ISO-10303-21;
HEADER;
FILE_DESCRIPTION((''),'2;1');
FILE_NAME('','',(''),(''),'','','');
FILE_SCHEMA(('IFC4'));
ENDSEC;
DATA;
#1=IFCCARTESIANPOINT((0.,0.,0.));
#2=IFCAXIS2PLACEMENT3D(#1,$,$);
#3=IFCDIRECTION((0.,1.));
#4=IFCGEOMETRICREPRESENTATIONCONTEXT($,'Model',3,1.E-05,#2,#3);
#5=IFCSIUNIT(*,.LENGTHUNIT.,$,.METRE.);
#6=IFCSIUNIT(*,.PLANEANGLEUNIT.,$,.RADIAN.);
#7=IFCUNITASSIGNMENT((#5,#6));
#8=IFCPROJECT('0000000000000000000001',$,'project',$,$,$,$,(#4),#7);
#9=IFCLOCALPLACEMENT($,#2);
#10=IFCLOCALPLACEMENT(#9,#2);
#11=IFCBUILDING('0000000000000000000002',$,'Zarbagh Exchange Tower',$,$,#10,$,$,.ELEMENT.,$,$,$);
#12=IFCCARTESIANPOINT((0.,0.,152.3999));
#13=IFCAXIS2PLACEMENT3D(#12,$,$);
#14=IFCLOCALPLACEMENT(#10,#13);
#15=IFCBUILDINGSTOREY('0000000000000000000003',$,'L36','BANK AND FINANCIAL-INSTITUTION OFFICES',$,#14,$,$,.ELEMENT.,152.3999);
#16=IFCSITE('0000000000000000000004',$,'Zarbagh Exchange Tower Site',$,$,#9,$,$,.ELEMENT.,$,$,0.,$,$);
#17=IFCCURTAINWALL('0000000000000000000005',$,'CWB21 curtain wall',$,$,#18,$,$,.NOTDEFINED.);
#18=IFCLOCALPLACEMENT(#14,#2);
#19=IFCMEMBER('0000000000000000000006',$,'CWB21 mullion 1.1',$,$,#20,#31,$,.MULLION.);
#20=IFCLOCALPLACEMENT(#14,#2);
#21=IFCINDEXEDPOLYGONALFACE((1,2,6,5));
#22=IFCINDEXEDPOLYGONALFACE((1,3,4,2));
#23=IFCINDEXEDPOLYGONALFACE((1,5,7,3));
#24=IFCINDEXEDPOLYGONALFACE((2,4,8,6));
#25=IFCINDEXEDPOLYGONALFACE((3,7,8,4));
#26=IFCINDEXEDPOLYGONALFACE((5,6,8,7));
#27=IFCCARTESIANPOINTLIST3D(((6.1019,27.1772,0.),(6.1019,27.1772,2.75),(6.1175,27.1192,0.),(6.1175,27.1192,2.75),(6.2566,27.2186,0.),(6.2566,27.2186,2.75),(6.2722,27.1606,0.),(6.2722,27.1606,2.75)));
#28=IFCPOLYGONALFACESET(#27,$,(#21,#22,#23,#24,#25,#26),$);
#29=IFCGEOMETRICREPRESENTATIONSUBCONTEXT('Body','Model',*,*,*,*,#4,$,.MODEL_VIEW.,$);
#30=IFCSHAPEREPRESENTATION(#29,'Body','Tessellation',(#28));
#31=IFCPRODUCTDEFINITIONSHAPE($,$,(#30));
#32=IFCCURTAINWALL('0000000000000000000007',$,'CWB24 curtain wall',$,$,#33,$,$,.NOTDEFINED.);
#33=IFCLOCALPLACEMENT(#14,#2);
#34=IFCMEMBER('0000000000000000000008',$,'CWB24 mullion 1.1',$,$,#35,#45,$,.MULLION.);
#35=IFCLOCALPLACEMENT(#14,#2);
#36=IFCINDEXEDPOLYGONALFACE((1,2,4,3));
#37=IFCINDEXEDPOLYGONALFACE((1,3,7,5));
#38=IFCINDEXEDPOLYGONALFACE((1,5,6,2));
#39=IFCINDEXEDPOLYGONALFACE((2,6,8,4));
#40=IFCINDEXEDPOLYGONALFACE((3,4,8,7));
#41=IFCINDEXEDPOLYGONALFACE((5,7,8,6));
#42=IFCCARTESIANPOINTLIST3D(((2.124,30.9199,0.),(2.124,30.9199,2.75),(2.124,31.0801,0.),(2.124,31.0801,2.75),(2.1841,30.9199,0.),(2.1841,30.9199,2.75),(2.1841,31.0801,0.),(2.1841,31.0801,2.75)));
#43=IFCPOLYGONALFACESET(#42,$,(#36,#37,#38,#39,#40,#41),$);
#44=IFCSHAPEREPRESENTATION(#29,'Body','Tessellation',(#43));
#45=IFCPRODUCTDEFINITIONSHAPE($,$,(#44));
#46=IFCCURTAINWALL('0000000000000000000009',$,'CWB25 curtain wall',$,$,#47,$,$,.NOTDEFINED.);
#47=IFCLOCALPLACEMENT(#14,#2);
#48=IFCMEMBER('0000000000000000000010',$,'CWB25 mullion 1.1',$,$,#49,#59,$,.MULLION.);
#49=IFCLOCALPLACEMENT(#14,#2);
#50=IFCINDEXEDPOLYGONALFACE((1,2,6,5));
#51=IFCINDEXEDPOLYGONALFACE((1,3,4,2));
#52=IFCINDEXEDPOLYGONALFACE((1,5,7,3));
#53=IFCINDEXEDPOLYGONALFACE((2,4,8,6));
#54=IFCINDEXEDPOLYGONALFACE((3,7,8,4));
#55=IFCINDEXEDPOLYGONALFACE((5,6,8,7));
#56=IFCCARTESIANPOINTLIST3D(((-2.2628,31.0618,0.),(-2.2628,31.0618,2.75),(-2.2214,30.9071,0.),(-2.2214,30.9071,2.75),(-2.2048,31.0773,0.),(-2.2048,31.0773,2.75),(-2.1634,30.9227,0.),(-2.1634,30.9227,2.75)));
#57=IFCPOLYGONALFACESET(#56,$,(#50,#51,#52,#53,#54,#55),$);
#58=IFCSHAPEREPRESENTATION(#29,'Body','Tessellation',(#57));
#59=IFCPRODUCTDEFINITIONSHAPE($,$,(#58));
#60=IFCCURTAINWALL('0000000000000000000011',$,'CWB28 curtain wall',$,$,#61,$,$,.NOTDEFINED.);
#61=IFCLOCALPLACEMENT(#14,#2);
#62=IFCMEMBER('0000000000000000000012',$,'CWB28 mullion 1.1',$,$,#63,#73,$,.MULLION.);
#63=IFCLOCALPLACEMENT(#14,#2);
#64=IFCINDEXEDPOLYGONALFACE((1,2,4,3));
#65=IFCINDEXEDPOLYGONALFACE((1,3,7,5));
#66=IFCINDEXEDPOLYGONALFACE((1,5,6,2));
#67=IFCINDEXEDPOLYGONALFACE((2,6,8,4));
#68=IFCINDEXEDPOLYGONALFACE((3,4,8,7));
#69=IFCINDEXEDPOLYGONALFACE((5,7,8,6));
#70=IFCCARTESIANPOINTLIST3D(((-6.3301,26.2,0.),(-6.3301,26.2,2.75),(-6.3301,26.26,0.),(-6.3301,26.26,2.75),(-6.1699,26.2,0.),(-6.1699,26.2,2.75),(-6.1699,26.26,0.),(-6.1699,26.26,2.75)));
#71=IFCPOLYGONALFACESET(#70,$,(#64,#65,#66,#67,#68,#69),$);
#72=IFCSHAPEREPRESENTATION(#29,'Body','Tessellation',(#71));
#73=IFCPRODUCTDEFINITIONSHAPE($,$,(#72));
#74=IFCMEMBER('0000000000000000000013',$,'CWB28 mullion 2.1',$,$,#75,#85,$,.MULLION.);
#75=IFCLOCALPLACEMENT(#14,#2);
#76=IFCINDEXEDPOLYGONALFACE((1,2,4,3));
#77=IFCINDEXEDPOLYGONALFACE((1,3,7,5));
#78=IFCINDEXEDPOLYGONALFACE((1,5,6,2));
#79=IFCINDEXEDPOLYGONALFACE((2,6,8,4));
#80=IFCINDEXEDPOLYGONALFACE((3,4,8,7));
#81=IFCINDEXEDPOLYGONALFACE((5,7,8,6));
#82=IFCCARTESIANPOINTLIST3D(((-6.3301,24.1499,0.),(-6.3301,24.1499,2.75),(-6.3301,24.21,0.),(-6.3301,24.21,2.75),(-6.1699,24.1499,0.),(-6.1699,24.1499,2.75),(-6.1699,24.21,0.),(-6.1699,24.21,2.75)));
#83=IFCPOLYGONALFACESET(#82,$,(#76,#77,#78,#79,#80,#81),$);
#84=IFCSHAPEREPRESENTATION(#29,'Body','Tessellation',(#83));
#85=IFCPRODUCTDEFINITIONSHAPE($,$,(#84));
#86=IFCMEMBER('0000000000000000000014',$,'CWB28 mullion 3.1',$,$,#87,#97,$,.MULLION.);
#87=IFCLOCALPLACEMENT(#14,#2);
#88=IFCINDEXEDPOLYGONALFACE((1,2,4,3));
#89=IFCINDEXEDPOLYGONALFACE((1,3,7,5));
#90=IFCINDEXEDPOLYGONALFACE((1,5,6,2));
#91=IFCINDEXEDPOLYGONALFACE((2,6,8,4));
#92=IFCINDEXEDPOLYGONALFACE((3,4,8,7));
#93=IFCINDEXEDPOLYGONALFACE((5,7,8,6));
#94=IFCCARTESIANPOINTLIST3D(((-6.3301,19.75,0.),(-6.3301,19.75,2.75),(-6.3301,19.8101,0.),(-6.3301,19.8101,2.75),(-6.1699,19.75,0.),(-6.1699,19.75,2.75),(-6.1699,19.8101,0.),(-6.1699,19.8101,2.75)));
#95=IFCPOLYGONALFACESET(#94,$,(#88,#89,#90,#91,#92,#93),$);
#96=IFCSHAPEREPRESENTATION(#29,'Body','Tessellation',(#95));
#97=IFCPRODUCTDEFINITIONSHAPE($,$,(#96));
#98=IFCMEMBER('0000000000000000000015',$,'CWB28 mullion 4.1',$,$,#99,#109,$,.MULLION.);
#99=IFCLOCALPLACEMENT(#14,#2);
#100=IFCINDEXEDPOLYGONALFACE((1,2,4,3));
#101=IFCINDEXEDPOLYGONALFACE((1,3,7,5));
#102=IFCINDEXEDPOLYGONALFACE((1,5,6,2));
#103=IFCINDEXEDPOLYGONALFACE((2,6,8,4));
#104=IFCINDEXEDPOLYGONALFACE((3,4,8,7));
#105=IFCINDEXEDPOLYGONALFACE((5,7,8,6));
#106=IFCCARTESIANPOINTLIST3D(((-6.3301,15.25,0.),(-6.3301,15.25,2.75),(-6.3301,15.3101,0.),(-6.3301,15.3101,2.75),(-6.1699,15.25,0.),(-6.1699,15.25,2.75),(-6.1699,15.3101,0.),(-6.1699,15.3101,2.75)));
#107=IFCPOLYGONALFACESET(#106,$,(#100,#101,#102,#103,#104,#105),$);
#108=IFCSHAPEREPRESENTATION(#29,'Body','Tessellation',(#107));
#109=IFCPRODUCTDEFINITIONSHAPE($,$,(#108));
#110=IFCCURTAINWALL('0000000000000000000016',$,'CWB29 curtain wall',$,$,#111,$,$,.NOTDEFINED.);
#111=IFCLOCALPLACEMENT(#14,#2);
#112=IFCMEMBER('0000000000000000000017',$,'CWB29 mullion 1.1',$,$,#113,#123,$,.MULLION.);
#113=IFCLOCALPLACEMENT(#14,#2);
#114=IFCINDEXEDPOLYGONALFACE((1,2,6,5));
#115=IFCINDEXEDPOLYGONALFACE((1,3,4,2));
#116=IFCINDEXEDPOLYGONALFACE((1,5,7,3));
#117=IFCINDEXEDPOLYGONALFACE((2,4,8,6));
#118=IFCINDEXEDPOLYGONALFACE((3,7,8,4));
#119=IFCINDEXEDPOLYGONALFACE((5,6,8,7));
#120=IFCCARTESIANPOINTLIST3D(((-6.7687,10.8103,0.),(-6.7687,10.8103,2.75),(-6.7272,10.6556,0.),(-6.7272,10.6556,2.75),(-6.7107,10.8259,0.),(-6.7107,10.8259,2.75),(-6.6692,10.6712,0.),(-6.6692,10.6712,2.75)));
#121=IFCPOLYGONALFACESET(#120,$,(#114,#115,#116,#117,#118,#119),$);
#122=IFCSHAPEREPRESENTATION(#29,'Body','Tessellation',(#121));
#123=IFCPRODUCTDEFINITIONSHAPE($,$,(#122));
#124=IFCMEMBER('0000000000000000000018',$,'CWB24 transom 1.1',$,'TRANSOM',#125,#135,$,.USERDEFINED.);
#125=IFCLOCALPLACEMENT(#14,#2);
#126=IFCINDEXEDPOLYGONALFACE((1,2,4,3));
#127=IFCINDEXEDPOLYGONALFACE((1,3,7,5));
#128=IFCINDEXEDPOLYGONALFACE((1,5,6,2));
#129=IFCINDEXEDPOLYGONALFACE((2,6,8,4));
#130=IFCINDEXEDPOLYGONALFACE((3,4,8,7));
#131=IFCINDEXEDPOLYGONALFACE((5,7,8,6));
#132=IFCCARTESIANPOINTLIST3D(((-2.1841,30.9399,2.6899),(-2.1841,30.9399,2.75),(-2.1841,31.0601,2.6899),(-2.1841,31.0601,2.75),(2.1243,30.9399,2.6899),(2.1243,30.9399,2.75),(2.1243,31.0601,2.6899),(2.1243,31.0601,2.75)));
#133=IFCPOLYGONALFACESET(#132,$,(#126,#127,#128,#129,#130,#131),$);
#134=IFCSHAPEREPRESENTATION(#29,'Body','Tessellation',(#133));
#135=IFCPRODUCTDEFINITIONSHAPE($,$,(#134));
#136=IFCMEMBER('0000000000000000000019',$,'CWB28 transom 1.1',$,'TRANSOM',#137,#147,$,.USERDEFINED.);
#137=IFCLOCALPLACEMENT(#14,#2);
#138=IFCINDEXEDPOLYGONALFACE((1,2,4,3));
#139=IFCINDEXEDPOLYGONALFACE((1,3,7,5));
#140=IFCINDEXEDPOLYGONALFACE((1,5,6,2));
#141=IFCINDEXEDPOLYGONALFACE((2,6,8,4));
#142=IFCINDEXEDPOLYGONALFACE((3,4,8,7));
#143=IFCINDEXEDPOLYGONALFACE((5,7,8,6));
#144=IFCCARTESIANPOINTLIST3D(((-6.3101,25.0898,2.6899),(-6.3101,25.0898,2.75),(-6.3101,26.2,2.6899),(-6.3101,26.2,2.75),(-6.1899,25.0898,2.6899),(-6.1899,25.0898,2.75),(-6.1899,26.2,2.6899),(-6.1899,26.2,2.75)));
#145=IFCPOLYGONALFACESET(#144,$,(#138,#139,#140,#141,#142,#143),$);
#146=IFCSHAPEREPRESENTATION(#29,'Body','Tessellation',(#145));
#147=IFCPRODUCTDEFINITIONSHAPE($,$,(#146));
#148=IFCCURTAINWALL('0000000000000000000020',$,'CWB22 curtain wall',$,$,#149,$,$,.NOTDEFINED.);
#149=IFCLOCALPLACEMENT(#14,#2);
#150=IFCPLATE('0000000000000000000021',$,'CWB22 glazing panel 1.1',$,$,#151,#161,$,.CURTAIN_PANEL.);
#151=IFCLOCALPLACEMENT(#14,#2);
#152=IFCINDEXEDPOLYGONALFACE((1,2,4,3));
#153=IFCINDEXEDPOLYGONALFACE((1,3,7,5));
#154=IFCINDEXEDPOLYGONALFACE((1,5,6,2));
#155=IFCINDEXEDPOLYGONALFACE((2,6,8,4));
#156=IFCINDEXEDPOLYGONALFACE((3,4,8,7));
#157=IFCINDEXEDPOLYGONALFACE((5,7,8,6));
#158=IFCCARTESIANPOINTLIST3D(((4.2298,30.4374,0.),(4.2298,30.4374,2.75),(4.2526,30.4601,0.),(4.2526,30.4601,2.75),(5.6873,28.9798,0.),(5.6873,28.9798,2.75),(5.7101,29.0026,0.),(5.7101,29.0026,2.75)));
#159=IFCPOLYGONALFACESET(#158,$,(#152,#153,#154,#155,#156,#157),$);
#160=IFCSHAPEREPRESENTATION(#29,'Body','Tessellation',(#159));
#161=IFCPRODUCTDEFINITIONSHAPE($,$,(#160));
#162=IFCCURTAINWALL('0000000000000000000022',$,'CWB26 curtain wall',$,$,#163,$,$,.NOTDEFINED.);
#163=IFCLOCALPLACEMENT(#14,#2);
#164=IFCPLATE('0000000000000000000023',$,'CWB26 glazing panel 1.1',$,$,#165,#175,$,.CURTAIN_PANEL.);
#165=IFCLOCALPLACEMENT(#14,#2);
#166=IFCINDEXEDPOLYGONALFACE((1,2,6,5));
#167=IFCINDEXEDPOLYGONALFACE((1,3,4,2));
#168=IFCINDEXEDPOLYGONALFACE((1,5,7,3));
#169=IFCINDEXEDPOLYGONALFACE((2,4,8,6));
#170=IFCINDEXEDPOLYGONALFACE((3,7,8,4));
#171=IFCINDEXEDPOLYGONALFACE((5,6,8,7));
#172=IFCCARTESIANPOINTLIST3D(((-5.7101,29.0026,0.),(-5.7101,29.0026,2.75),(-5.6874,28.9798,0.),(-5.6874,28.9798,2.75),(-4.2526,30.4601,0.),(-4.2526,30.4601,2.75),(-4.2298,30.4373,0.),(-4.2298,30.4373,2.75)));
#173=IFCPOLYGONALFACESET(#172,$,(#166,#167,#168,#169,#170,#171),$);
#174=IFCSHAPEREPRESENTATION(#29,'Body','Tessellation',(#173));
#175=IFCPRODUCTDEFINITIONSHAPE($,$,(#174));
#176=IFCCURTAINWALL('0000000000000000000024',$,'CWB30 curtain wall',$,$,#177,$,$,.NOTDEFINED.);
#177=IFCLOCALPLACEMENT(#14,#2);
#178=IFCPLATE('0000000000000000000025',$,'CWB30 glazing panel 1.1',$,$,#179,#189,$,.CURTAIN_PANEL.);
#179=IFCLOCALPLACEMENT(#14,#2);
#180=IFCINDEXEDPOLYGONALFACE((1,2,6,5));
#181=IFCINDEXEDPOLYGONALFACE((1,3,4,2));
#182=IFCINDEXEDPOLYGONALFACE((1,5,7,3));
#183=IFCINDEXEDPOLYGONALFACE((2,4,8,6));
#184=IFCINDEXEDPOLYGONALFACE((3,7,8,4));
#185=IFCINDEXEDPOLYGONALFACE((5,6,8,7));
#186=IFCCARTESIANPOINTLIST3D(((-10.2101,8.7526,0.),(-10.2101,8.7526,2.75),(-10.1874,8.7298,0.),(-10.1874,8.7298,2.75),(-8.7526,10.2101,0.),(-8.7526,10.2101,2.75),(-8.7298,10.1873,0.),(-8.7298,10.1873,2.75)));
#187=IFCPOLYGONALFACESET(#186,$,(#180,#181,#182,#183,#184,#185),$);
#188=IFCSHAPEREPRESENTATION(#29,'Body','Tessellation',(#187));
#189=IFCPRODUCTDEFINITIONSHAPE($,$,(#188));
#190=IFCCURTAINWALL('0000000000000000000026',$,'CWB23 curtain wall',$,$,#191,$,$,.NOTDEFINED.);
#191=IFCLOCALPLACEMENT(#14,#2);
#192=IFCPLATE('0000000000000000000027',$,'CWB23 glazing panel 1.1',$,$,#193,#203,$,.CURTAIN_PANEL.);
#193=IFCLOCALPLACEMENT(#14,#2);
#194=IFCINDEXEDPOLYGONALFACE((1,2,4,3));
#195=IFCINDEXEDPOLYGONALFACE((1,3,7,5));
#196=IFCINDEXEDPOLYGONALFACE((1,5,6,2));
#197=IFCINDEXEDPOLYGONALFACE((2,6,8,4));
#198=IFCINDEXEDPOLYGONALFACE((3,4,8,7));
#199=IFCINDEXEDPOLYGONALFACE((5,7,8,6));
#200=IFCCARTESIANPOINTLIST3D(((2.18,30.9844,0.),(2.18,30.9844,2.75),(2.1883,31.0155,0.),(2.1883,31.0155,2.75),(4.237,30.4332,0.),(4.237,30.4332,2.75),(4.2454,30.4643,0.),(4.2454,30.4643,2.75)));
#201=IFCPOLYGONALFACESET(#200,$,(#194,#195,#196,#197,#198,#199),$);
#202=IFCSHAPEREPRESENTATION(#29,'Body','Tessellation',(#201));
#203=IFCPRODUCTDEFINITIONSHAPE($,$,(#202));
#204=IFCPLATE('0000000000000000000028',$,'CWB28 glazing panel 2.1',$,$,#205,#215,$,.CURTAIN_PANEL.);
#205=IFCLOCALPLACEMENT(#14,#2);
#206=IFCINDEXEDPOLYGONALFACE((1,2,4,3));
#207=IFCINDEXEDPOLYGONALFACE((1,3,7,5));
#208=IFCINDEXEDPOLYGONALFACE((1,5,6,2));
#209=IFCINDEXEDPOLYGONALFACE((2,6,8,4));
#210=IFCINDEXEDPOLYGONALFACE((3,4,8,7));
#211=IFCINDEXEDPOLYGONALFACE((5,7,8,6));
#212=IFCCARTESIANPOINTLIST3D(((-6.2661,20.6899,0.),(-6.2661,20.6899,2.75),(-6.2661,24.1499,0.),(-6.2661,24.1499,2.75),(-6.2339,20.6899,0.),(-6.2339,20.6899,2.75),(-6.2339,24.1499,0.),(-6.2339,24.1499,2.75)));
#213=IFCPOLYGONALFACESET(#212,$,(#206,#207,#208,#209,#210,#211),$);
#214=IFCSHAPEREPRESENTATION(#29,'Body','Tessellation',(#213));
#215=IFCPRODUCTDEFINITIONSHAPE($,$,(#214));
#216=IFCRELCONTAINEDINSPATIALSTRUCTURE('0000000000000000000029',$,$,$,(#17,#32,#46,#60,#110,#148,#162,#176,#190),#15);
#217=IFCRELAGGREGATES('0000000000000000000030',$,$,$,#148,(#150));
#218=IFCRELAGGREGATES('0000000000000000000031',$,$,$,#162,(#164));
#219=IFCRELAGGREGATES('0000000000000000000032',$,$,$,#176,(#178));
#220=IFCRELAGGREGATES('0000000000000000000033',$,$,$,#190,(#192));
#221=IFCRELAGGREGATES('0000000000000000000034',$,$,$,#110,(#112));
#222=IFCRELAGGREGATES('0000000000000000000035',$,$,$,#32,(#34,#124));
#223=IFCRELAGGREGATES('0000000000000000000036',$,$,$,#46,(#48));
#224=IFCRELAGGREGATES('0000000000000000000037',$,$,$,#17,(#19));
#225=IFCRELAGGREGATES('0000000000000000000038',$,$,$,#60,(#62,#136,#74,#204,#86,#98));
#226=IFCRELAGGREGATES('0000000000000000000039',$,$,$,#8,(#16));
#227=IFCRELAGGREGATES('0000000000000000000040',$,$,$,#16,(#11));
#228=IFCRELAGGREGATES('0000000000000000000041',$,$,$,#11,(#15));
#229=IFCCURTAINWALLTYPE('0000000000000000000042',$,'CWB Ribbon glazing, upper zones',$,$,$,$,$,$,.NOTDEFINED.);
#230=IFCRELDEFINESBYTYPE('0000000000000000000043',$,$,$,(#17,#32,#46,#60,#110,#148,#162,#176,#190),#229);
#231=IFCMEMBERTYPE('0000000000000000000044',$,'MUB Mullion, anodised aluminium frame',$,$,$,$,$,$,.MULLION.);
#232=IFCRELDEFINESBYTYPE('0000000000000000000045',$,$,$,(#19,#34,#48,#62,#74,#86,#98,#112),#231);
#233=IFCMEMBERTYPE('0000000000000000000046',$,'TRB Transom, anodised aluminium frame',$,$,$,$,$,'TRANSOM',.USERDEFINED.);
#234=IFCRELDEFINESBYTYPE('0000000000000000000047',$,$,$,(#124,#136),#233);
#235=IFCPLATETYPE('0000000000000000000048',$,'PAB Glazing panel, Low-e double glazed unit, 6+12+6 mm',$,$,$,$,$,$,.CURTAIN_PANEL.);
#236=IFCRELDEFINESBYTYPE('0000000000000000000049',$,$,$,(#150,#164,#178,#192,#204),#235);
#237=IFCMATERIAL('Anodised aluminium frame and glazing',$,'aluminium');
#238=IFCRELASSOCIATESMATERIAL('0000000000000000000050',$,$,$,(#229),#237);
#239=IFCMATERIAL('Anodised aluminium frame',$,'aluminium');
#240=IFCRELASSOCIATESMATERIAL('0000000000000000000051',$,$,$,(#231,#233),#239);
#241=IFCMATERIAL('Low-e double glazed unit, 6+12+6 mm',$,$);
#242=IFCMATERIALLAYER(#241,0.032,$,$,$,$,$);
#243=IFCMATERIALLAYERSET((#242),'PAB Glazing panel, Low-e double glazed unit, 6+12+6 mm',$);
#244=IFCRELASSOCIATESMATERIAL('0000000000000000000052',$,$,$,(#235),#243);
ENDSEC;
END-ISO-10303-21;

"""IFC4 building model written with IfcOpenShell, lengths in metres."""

from ifc_helpers import new_model, si_unit, direction, frame, origin, place, context, subcontext, project, spatial, polyline, outline, extrude, source, transform, mapped, material, layer, layer_set, type_object, element, aggregate, save


model = new_model("IFC4")

# Units and contexts
model_context = context("Model", 3, precision=1e-05, world=origin(), true_north=direction((0.0, 1.0)))
body_context = subcontext(model_context, "Body", "Model", "MODEL_VIEW")
ifc_project = project(units=[si_unit("LENGTHUNIT", "METRE"), si_unit("PLANEANGLEUNIT", "RADIAN")], contexts=[model_context])

# Site, building, storey
site_placement = place(None, origin())
site = spatial("IfcSite", under=ifc_project, at=site_placement, Name="Zarbagh Exchange Tower Site", CompositionType="ELEMENT", RefElevation=0.0)
building_placement = place(site_placement, origin())
building = spatial("IfcBuilding", under=site, at=building_placement, Name="Zarbagh Exchange Tower", CompositionType="ELEMENT")
storey_placement = place(building_placement, frame((0.0, 0.0, 152.3999)))
storey = spatial("IfcBuildingStorey", under=building, at=storey_placement, Name="L36", Description="BANK AND FINANCIAL-INSTITUTION OFFICES", CompositionType="ELEMENT", Elevation=152.3999)

# Curtain walls, members
ifc_material_1 = material(Name="Anodised aluminium frame and glazing", Category="aluminium")
curtain_wall_type = type_object("IfcCurtainWallType", Name="CWB Ribbon glazing, upper zones", PredefinedType="NOTDEFINED", material=ifc_material_1)
curtain_wall_1_placement = place(storey_placement, origin())
curtain_wall_1 = element("IfcCurtainWall", 1, at=curtain_wall_1_placement, inside=storey, type_object=curtain_wall_type, Name="CWB21 curtain wall", PredefinedType="NOTDEFINED")
ifc_material_2 = material(Name="Anodised aluminium frame", Category="aluminium")
member_type_1 = type_object("IfcMemberType", Name="MUB Mullion, anodised aluminium frame", PredefinedType="MULLION", material=ifc_material_2)
shared_shape_1 = source(origin(), body_context, "Body", "SweptSolid", [
    extrude(outline(polyline([(0.0, -0.0801), (0.0601, -0.0801), (0.0601, 0.0801), (0.0, 0.0801), (0.0, -0.0801)])), origin(), (0.0, 0.0, 1.0), 2.75),
])
placement = place(storey_placement, origin())
member_1 = element("IfcMember", 2, at=placement, type_object=member_type_1, Name="CWB21 mullion 1.1", PredefinedType="MULLION", context=body_context, shape_type="MappedRepresentation", body=[
    mapped(shared_shape_1, transform((6.1948, 27.1399, 0.0), x_axis=(-0.258825, 0.965924, 0.0), y_axis=(-0.965924, -0.258825, 0.0), z_axis=(0.0, 0.0, 1.0))),
])
curtain_wall_2_placement = place(storey_placement, origin())
curtain_wall_2 = element("IfcCurtainWall", 3, at=curtain_wall_2_placement, inside=storey, type_object=curtain_wall_type, Name="CWB24 curtain wall", PredefinedType="NOTDEFINED")
member_2 = element("IfcMember", 4, at=placement, type_object=member_type_1, Name="CWB24 mullion 1.1", PredefinedType="MULLION", context=body_context, shape_type="MappedRepresentation", body=[
    mapped(shared_shape_1, transform((2.1841, 31.0, 0.0), x_axis=(-1.0, 0.0, 0.0), y_axis=(0.0, -1.0, 0.0), z_axis=(0.0, 0.0, 1.0))),
])
curtain_wall_3_placement = place(storey_placement, origin())
curtain_wall_3 = element("IfcCurtainWall", 5, at=curtain_wall_3_placement, inside=storey, type_object=curtain_wall_type, Name="CWB25 curtain wall", PredefinedType="NOTDEFINED")
member_3 = element("IfcMember", 6, at=placement, type_object=member_type_1, Name="CWB25 mullion 1.1", PredefinedType="MULLION", context=body_context, shape_type="MappedRepresentation", body=[
    mapped(shared_shape_1, transform((-2.1841, 31.0, 0.0), x_axis=(-0.965924, -0.258825, 0.0), y_axis=(0.258825, -0.965924, 0.0), z_axis=(0.0, 0.0, 1.0))),
])

# Curtain wall, members
curtain_wall_4_placement = place(storey_placement, origin())
curtain_wall_4 = element("IfcCurtainWall", 7, at=curtain_wall_4_placement, inside=storey, type_object=curtain_wall_type, Name="CWB28 curtain wall", PredefinedType="NOTDEFINED")
member_4 = element("IfcMember", 8, at=placement, type_object=member_type_1, Name="CWB28 mullion 1.1", PredefinedType="MULLION", context=body_context, shape_type="MappedRepresentation", body=[
    mapped(shared_shape_1, transform((-6.25, 26.26, 0.0), x_axis=(0.0, -1.0, 0.0), y_axis=(1.0, 0.0, 0.0), z_axis=(0.0, 0.0, 1.0))),
])
member_5 = element("IfcMember", 9, at=placement, type_object=member_type_1, Name="CWB28 mullion 2.1", PredefinedType="MULLION", context=body_context, shape_type="MappedRepresentation", body=[
    mapped(shared_shape_1, transform((-6.25, 24.21, 0.0), x_axis=(0.0, -1.0, 0.0), y_axis=(1.0, 0.0, 0.0), z_axis=(0.0, 0.0, 1.0))),
])
member_6 = element("IfcMember", 10, at=placement, type_object=member_type_1, Name="CWB28 mullion 3.1", PredefinedType="MULLION", context=body_context, shape_type="MappedRepresentation", body=[
    mapped(shared_shape_1, transform((-6.25, 19.8101, 0.0), x_axis=(0.0, -1.0, 0.0), y_axis=(1.0, 0.0, 0.0), z_axis=(0.0, 0.0, 1.0))),
])
member_7 = element("IfcMember", 11, at=placement, type_object=member_type_1, Name="CWB28 mullion 4.1", PredefinedType="MULLION", context=body_context, shape_type="MappedRepresentation", body=[
    mapped(shared_shape_1, transform((-6.25, 15.3101, 0.0), x_axis=(0.0, -1.0, 0.0), y_axis=(1.0, 0.0, 0.0), z_axis=(0.0, 0.0, 1.0))),
])

# Curtain wall, member
curtain_wall_5_placement = place(storey_placement, origin())
curtain_wall_5 = element("IfcCurtainWall", 12, at=curtain_wall_5_placement, inside=storey, type_object=curtain_wall_type, Name="CWB29 curtain wall", PredefinedType="NOTDEFINED")
member_8 = element("IfcMember", 13, at=placement, type_object=member_type_1, Name="CWB29 mullion 1.1", PredefinedType="MULLION", context=body_context, shape_type="MappedRepresentation", body=[
    mapped(shared_shape_1, transform((-6.6899, 10.7485, 0.0), x_axis=(-0.965924, -0.258825, 0.0), y_axis=(0.258825, -0.965924, 0.0), z_axis=(0.0, 0.0, 1.0))),
])

# Members
member_type_2 = type_object("IfcMemberType", Name="TRB Transom, anodised aluminium frame", ElementType="TRANSOM", PredefinedType="USERDEFINED", material=ifc_material_2)
shared_shape_2 = source(origin(), body_context, "Body", "SweptSolid", [
    extrude(outline(polyline([(-0.0601, -0.0601), (0.0, -0.0601), (0.0, 0.0601), (-0.0601, 0.0601), (-0.0601, -0.0601)])), origin(), (0.0, 0.0, 1.0), 4.3083),
])
member_9 = element("IfcMember", 14, at=placement, type_object=member_type_2, Name="CWB24 transom 1.1", ObjectType="TRANSOM", PredefinedType="USERDEFINED", context=body_context, shape_type="MappedRepresentation", body=[
    mapped(shared_shape_2, transform((2.1243, 31.0, 2.75), x_axis=(0.0, 0.0, 1.0), y_axis=(0.0, 1.0, 0.0), z_axis=(-1.0, 0.0, 0.0))),
])
shared_shape_3 = source(origin(), body_context, "Body", "SweptSolid", [
    extrude(outline(polyline([(-0.0601, -0.0601), (0.0, -0.0601), (0.0, 0.0601), (-0.0601, 0.0601), (-0.0601, -0.0601)])), origin(), (0.0, 0.0, 1.0), 1.1101),
])
member_10 = element("IfcMember", 15, at=placement, type_object=member_type_2, Name="CWB28 transom 1.1", ObjectType="TRANSOM", PredefinedType="USERDEFINED", context=body_context, shape_type="MappedRepresentation", body=[
    mapped(shared_shape_3, transform((-6.25, 26.2, 2.75), x_axis=(0.0, 0.0, 1.0), y_axis=(-1.0, 0.0, 0.0), z_axis=(0.0, -1.0, 0.0))),
])

# Curtain walls, plates
curtain_wall_6_placement = place(storey_placement, origin())
curtain_wall_6 = element("IfcCurtainWall", 16, at=curtain_wall_6_placement, inside=storey, type_object=curtain_wall_type, Name="CWB22 curtain wall", PredefinedType="NOTDEFINED")
ifc_material_3 = material(Name="Low-e double glazed unit, 6+12+6 mm")
ifc_layer = layer(ifc_material_3, 0.032)
ifc_layer_set = layer_set([ifc_layer], Name="PAB Glazing panel, Low-e double glazed unit, 6+12+6 mm")
plate_type = type_object("IfcPlateType", Name="PAB Glazing panel, Low-e double glazed unit, 6+12+6 mm", PredefinedType="CURTAIN_PANEL", material=ifc_layer_set)
shared_shape_4 = source(origin(), body_context, "Body", "SweptSolid", [
    extrude(outline(polyline([(0.0, -0.0161), (2.0613, -0.0161), (2.0613, 0.0161), (0.0, 0.0161), (0.0, -0.0161)])), origin(), (0.0, 0.0, 1.0), 2.75),
])
plate_1 = element("IfcPlate", 17, at=placement, type_object=plate_type, Name="CWB22 glazing panel 1.1", PredefinedType="CURTAIN_PANEL", context=body_context, shape_type="MappedRepresentation", body=[
    mapped(shared_shape_4, transform((5.6987, 28.9912, 0.0), x_axis=(-0.707107, 0.707107, 0.0), y_axis=(-0.707107, -0.707107, 0.0), z_axis=(0.0, 0.0, 1.0))),
])
aggregate(curtain_wall_6, [plate_1])
curtain_wall_7_placement = place(storey_placement, origin())
curtain_wall_7 = element("IfcCurtainWall", 18, at=curtain_wall_7_placement, inside=storey, type_object=curtain_wall_type, Name="CWB26 curtain wall", PredefinedType="NOTDEFINED")
plate_2 = element("IfcPlate", 19, at=placement, type_object=plate_type, Name="CWB26 glazing panel 1.1", PredefinedType="CURTAIN_PANEL", context=body_context, shape_type="MappedRepresentation", body=[
    mapped(shared_shape_4, transform((-4.2412, 30.4487, 0.0), x_axis=(-0.707107, -0.707107, 0.0), y_axis=(0.707107, -0.707107, 0.0), z_axis=(0.0, 0.0, 1.0))),
])
aggregate(curtain_wall_7, [plate_2])
curtain_wall_8_placement = place(storey_placement, origin())
curtain_wall_8 = element("IfcCurtainWall", 20, at=curtain_wall_8_placement, inside=storey, type_object=curtain_wall_type, Name="CWB30 curtain wall", PredefinedType="NOTDEFINED")
plate_3 = element("IfcPlate", 21, at=placement, type_object=plate_type, Name="CWB30 glazing panel 1.1", PredefinedType="CURTAIN_PANEL", context=body_context, shape_type="MappedRepresentation", body=[
    mapped(shared_shape_4, transform((-8.7412, 10.1987, 0.0), x_axis=(-0.707107, -0.707107, 0.0), y_axis=(0.707107, -0.707107, 0.0), z_axis=(0.0, 0.0, 1.0))),
])
aggregate(curtain_wall_8, [plate_3])
curtain_wall_9_placement = place(storey_placement, origin())
curtain_wall_9 = element("IfcCurtainWall", 22, at=curtain_wall_9_placement, inside=storey, type_object=curtain_wall_type, Name="CWB23 curtain wall", PredefinedType="NOTDEFINED")
shared_shape_5 = source(origin(), body_context, "Body", "SweptSolid", [
    extrude(outline(polyline([(0.0, -0.0161), (2.1296, -0.0161), (2.1296, 0.0161), (0.0, 0.0161), (0.0, -0.0161)])), origin(), (0.0, 0.0, 1.0), 2.75),
])
plate_4 = element("IfcPlate", 23, at=placement, type_object=plate_type, Name="CWB23 glazing panel 1.1", PredefinedType="CURTAIN_PANEL", context=body_context, shape_type="MappedRepresentation", body=[
    mapped(shared_shape_5, transform((4.2412, 30.4487, 0.0), x_axis=(-0.965924, 0.258825, 0.0), y_axis=(-0.258825, -0.965924, 0.0), z_axis=(0.0, 0.0, 1.0))),
])
aggregate(curtain_wall_9, [plate_4])

# Plate
shared_shape_6 = source(origin(), body_context, "Body", "SweptSolid", [
    extrude(outline(polyline([(0.0, -0.0161), (3.46, -0.0161), (3.46, 0.0161), (0.0, 0.0161), (0.0, -0.0161)])), origin(), (0.0, 0.0, 1.0), 2.75),
])
plate_5 = element("IfcPlate", 24, at=placement, type_object=plate_type, Name="CWB28 glazing panel 2.1", PredefinedType="CURTAIN_PANEL", context=body_context, shape_type="MappedRepresentation", body=[
    mapped(shared_shape_6, transform((-6.25, 24.1499, 0.0), x_axis=(0.0, -1.0, 0.0), y_axis=(1.0, 0.0, 0.0), z_axis=(0.0, 0.0, 1.0))),
])
aggregate(curtain_wall_5, [member_8])

aggregate(curtain_wall_2, [member_2, member_9])
aggregate(curtain_wall_3, [member_3])
aggregate(curtain_wall_1, [member_1])

aggregate(curtain_wall_4, [member_4, member_10, member_5, plate_5, member_6, member_7])

save(model, "model.ifc")
